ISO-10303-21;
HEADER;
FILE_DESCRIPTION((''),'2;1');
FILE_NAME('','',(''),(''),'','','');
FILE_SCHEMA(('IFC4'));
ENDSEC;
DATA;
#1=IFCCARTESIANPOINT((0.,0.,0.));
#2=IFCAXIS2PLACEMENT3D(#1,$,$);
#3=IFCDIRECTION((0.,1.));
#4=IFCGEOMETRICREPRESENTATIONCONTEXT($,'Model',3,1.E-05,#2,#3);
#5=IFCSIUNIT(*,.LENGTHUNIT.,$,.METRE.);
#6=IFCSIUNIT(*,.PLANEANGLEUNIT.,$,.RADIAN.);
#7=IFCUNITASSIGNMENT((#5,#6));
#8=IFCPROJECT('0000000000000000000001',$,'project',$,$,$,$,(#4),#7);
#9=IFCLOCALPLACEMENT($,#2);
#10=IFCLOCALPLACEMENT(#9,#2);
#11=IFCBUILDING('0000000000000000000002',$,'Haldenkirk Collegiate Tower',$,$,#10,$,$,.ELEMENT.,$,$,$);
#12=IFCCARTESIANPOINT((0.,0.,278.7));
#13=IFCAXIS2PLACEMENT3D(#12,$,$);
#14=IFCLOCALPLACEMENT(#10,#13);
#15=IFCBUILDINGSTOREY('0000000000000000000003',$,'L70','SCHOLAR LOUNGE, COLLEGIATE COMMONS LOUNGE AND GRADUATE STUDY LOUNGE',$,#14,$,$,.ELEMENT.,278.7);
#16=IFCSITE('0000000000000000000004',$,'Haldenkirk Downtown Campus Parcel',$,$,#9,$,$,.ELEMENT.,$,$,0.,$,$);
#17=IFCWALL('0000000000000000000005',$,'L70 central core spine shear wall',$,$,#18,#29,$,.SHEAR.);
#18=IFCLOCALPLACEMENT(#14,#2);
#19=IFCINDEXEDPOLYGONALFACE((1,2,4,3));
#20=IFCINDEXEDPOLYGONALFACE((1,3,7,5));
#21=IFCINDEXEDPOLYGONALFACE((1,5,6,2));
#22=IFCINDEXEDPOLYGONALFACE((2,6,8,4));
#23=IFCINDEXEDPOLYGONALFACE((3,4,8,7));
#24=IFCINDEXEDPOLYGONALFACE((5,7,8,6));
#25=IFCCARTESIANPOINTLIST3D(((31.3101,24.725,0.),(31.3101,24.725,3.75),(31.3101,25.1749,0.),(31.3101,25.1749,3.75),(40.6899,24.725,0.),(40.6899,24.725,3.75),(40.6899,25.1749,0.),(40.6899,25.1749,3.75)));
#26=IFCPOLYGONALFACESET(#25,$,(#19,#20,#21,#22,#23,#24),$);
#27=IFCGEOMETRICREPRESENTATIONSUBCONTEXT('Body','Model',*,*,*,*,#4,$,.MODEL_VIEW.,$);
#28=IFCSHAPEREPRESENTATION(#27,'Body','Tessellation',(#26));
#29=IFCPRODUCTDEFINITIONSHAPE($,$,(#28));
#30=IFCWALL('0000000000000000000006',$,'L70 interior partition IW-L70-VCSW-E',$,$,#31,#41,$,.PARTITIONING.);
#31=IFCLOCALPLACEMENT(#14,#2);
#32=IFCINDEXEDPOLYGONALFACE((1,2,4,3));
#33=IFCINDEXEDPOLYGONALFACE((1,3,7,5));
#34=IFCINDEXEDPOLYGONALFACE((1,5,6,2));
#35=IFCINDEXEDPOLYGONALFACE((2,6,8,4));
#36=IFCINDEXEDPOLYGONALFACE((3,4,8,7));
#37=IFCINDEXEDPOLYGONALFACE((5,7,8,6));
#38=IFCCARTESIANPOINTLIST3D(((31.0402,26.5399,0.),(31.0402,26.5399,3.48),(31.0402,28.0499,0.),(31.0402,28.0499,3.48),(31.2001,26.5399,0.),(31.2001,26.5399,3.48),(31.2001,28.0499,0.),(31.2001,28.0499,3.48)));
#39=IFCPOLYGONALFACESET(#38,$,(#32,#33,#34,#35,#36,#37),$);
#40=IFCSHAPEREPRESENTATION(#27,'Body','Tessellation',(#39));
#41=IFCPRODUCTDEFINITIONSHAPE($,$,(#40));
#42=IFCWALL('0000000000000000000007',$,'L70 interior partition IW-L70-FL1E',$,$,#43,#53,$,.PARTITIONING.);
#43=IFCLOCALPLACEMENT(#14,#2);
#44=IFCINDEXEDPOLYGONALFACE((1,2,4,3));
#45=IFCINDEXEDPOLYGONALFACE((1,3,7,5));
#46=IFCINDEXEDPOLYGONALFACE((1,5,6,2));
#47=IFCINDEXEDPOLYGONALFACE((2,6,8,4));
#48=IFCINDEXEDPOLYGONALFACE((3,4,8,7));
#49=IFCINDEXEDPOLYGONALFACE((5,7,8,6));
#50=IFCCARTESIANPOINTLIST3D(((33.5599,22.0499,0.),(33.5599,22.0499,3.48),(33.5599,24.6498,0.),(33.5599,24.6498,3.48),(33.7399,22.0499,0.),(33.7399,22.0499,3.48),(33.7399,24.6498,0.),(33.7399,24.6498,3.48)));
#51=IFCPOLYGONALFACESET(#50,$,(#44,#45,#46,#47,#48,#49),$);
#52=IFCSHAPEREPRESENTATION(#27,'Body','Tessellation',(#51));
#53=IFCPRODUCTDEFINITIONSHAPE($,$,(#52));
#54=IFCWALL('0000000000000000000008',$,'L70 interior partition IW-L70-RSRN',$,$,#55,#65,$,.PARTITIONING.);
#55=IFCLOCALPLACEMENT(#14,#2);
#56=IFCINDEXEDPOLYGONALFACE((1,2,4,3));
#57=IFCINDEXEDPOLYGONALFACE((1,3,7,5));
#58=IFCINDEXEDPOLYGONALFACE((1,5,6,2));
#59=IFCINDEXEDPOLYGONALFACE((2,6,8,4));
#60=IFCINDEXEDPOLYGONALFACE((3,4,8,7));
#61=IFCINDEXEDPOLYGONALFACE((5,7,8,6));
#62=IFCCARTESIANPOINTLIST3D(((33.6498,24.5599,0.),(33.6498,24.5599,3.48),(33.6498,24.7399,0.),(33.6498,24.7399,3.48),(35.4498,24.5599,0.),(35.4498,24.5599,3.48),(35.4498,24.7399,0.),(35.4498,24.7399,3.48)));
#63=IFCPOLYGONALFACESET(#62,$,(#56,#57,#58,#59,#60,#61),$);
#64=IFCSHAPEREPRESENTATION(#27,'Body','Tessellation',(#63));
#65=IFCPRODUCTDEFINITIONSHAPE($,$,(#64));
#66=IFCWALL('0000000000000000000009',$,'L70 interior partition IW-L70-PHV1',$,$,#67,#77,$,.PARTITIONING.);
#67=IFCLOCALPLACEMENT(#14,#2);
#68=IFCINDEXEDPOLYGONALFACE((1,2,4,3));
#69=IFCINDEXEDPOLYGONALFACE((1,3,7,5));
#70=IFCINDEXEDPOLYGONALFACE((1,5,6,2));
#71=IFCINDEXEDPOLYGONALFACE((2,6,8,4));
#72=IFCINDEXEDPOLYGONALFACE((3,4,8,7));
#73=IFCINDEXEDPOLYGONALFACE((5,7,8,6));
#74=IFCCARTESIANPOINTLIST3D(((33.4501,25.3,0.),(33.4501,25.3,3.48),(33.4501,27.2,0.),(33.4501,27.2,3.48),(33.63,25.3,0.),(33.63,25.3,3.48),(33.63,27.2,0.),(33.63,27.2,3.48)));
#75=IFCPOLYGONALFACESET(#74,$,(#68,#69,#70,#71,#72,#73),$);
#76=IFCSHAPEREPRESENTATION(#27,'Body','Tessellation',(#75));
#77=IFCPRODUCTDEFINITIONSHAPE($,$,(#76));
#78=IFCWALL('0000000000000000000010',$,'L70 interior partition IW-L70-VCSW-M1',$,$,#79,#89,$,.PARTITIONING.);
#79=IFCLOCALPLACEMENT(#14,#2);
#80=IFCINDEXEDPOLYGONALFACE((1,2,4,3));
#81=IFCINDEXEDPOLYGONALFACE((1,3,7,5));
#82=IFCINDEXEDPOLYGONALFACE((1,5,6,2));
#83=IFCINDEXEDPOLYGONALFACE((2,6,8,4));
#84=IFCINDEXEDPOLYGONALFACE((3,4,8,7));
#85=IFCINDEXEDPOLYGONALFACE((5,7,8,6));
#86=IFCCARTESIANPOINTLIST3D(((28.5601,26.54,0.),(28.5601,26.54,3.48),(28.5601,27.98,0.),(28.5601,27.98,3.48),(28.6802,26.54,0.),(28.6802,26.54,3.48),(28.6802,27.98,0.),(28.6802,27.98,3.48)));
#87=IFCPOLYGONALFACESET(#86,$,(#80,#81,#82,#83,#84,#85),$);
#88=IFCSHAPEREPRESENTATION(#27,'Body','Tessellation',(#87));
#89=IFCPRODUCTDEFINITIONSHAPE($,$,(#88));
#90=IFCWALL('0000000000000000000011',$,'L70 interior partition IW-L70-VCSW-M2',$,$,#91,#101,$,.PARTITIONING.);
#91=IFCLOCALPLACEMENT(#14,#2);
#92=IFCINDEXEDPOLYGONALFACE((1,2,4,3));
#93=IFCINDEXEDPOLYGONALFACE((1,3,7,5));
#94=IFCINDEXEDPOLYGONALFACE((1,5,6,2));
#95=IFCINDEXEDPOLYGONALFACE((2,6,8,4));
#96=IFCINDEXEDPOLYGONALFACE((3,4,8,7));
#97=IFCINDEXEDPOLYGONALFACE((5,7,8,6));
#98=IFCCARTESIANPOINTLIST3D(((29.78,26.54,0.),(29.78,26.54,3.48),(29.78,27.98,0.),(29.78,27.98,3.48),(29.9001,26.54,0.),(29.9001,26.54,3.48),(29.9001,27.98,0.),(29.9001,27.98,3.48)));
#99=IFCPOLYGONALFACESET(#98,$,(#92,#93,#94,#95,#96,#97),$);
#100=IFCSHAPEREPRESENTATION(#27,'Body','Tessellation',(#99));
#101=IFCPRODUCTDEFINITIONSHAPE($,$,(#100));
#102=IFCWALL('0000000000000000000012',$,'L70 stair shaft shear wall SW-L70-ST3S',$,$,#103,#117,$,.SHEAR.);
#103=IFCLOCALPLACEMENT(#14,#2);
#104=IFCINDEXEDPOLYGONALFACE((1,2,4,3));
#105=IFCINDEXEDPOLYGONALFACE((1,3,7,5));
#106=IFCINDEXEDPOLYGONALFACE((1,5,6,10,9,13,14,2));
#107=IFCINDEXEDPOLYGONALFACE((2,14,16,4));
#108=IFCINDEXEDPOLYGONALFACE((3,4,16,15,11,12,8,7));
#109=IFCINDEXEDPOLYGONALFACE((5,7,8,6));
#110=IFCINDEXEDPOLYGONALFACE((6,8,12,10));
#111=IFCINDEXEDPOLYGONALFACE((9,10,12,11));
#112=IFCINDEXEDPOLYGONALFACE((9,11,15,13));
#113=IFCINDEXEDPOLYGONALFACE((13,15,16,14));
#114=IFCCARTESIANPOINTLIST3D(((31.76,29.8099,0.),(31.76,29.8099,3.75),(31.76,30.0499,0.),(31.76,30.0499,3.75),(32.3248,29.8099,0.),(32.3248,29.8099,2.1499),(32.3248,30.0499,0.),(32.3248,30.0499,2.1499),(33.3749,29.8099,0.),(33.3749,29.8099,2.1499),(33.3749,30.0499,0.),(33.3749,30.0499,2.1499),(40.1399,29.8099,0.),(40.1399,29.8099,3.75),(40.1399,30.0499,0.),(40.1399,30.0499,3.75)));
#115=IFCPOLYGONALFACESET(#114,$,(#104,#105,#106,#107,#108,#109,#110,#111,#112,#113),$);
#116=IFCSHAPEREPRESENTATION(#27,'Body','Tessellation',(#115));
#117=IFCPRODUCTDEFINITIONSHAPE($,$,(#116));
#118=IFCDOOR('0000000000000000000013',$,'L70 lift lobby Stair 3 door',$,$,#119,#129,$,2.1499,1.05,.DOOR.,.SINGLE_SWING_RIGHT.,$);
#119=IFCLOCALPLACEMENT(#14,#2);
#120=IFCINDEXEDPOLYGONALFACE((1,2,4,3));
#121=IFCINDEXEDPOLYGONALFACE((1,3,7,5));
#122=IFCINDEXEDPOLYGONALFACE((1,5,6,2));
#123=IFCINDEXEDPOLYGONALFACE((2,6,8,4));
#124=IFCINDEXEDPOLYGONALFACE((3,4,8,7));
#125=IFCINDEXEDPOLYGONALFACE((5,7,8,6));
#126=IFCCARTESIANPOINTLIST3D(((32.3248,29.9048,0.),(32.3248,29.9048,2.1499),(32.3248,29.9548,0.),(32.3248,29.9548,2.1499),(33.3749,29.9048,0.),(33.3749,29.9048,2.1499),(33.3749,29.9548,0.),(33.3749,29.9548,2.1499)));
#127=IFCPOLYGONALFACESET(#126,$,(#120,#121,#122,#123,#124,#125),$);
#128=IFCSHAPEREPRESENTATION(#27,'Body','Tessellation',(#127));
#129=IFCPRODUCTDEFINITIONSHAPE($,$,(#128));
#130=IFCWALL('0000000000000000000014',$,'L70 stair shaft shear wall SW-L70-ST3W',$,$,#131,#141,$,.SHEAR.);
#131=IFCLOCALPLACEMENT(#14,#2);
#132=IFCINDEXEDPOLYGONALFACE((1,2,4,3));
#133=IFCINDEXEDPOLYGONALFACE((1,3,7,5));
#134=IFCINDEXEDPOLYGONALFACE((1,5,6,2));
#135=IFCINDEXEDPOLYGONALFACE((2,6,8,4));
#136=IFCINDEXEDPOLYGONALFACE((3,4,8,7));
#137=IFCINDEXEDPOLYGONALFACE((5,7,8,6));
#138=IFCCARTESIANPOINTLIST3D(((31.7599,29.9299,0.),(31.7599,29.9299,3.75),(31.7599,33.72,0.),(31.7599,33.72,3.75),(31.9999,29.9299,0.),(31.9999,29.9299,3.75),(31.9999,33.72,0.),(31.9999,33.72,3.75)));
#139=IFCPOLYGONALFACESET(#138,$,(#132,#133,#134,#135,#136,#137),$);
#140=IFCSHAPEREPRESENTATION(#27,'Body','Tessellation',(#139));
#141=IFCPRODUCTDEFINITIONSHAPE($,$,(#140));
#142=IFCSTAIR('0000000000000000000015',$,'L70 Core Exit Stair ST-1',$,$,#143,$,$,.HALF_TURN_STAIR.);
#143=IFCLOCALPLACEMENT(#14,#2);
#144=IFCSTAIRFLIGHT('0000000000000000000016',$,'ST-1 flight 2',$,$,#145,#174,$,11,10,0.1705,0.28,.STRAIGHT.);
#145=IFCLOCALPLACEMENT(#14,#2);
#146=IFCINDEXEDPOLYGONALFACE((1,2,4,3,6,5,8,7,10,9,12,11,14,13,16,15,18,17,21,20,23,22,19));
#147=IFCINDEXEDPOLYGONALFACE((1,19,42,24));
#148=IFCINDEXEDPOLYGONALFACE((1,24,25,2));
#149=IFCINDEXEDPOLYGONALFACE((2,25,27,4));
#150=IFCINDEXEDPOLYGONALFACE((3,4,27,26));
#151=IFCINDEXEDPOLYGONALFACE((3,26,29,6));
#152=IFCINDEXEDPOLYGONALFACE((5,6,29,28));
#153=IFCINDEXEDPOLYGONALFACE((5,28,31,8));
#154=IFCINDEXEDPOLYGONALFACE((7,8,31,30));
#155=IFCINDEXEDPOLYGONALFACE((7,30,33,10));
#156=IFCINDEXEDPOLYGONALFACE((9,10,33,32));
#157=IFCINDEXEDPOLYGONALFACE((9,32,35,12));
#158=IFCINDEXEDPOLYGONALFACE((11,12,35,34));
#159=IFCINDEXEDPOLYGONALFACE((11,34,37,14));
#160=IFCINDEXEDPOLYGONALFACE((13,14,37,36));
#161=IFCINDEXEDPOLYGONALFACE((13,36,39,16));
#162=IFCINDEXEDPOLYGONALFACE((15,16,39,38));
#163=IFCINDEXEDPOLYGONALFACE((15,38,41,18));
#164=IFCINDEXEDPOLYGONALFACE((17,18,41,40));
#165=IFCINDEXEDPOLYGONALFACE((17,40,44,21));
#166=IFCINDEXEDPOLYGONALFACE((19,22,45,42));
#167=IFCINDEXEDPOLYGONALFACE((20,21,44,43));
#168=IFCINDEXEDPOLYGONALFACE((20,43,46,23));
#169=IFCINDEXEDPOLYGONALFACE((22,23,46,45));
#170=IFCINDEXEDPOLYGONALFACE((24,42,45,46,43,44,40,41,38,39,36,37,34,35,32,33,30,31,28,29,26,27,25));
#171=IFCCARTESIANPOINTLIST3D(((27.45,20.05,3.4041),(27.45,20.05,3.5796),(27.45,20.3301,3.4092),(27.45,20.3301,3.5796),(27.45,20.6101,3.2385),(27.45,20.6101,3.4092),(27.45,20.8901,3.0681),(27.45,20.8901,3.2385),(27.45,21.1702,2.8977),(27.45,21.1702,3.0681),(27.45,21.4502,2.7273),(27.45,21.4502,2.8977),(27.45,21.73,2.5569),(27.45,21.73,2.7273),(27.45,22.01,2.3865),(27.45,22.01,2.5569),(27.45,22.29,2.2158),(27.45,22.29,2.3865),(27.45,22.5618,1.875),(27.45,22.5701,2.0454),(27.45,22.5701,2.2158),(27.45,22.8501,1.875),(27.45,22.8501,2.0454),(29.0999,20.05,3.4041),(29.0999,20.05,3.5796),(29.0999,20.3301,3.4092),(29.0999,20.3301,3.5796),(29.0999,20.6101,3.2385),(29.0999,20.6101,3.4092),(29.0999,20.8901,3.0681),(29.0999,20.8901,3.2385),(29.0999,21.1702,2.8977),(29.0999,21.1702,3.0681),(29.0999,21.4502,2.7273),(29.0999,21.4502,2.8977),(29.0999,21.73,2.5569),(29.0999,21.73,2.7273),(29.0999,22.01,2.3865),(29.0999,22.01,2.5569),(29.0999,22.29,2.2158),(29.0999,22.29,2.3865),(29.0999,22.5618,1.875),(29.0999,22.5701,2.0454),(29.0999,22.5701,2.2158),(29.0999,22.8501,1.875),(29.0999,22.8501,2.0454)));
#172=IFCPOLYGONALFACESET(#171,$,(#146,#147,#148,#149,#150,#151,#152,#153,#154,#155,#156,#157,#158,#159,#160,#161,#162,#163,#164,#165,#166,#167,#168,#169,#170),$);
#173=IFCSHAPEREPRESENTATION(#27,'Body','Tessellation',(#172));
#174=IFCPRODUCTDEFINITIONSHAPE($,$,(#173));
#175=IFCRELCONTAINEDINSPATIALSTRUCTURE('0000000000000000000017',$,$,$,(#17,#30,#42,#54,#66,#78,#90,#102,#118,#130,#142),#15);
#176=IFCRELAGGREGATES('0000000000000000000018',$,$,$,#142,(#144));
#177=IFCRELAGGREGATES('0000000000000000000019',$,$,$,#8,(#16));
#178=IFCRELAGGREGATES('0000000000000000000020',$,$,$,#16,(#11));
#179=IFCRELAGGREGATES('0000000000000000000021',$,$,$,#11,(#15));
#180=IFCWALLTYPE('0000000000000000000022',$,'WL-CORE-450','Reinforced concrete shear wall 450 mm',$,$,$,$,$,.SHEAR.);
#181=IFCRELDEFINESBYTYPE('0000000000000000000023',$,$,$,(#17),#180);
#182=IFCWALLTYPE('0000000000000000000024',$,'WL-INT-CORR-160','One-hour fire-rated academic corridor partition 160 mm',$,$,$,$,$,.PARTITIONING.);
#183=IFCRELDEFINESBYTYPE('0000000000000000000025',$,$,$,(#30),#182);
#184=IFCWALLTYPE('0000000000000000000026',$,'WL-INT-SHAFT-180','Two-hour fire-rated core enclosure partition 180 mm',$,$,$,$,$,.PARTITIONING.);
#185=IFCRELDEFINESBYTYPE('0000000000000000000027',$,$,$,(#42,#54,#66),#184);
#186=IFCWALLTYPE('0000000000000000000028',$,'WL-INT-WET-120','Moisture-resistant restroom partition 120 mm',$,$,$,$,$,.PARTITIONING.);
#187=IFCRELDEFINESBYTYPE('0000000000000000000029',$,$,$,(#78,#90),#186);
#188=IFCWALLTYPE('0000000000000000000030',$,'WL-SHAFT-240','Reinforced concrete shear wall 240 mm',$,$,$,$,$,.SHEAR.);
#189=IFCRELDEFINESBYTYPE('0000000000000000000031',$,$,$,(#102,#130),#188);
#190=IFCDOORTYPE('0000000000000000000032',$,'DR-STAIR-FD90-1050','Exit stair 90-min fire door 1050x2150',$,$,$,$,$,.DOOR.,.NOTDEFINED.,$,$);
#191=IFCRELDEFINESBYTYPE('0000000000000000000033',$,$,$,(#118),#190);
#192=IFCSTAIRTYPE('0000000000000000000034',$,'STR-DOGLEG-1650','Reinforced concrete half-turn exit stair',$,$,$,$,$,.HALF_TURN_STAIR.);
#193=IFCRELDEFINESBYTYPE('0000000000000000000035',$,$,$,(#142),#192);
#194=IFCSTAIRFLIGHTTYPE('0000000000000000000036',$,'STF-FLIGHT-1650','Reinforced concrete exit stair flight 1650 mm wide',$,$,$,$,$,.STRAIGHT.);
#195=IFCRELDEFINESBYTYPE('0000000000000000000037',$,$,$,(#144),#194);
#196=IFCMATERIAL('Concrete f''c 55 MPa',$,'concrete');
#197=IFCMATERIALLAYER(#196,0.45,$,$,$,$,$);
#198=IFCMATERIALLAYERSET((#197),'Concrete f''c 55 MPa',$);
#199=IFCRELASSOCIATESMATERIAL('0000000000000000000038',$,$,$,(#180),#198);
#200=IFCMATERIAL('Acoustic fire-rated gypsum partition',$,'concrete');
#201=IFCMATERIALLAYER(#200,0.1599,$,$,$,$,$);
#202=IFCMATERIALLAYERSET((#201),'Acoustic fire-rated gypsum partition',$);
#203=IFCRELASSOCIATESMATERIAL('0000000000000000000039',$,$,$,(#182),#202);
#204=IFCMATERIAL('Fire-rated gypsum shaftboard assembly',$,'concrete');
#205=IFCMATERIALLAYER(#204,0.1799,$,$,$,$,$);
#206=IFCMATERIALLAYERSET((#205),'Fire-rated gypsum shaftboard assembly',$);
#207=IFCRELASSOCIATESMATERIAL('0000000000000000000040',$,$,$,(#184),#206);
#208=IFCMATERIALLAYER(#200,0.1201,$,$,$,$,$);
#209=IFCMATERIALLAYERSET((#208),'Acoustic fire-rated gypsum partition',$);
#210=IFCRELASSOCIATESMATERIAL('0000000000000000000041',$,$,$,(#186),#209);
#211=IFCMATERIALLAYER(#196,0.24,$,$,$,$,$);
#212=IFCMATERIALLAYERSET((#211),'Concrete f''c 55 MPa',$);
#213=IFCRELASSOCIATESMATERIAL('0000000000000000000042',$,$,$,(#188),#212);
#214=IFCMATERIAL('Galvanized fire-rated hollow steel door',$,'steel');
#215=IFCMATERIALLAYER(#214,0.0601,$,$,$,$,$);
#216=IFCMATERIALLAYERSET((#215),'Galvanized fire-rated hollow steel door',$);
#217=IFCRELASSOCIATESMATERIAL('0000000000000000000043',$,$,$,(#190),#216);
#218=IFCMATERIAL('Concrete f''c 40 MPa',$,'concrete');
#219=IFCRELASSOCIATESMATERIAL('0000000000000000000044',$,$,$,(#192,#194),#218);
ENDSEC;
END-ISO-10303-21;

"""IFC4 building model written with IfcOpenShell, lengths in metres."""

from ifc_helpers import new_model, si_unit, direction, frame, frame_2d, origin, place, context, subcontext, project, spatial, polyline, rectangle, outline, extrude, material, layer, layer_set, type_object, element, fill, aggregate, save


model = new_model("IFC4")

# Units and contexts
model_context = context("Model", 3, precision=1e-05, world=origin(), true_north=direction((0.0, 1.0)))
body_context = subcontext(model_context, "Body", "Model", "MODEL_VIEW")
ifc_project = project(units=[si_unit("LENGTHUNIT", "METRE"), si_unit("PLANEANGLEUNIT", "RADIAN")], contexts=[model_context])

# Site, building, storey
site_placement = place(None, origin())
site = spatial("IfcSite", under=ifc_project, at=site_placement, Name="Haldenkirk Downtown Campus Parcel", CompositionType="ELEMENT", RefElevation=0.0)
building_placement = place(site_placement, origin())
building = spatial("IfcBuilding", under=site, at=building_placement, Name="Haldenkirk Collegiate Tower", CompositionType="ELEMENT")
storey_placement = place(building_placement, frame((0.0, 0.0, 278.7)))
storey = spatial("IfcBuildingStorey", under=building, at=storey_placement, Name="L70", Description="SCHOLAR LOUNGE, COLLEGIATE COMMONS LOUNGE AND GRADUATE STUDY LOUNGE", CompositionType="ELEMENT", Elevation=278.7)

# Walls
ifc_material_1 = material(Name="Concrete f'c 55 MPa", Category="concrete")
ifc_layer_1 = layer(ifc_material_1, 0.45)
ifc_layer_set_1 = layer_set([ifc_layer_1], Name="Concrete f'c 55 MPa")
wall_type_1 = type_object("IfcWallType", Name="WL-CORE-450", Description="Reinforced concrete shear wall 450 mm", PredefinedType="SHEAR", material=ifc_layer_set_1)
wall_1_placement = place(storey_placement, frame((31.3101, 24.95, 0.0), z_axis=(0.0, 0.0, 1.0), x_axis=(1.0, 0.0, 0.0)))
element("IfcWall", 1, at=wall_1_placement, inside=storey, type_object=wall_type_1, Name="L70 central core spine shear wall", PredefinedType="SHEAR", context=body_context, shape_type="SweptSolid", body=[
    extrude(rectangle(XDim=9.3799, YDim=0.45, at=frame_2d((4.6899, 0.0))), origin(), (0.0, 0.0, 1.0), 3.75),
])
ifc_material_2 = material(Name="Acoustic fire-rated gypsum partition", Category="concrete")
ifc_layer_2 = layer(ifc_material_2, 0.1599)
ifc_layer_set_2 = layer_set([ifc_layer_2], Name="Acoustic fire-rated gypsum partition")
wall_type_2 = type_object("IfcWallType", Name="WL-INT-CORR-160", Description="One-hour fire-rated academic corridor partition 160 mm", PredefinedType="PARTITIONING", material=ifc_layer_set_2)
wall_2_placement = place(storey_placement, frame((31.1201, 26.54, 0.0), z_axis=(0.0, 0.0, 1.0), x_axis=(0.0, 1.0, 0.0)))
element("IfcWall", 2, at=wall_2_placement, inside=storey, type_object=wall_type_2, Name="L70 interior partition IW-L70-VCSW-E", PredefinedType="PARTITIONING", context=body_context, shape_type="SweptSolid", body=[
    extrude(rectangle(XDim=1.51, YDim=0.1599, at=frame_2d((0.7549, 0.0))), origin(), (0.0, 0.0, 1.0), 3.48),
])
ifc_material_3 = material(Name="Fire-rated gypsum shaftboard assembly", Category="concrete")
ifc_layer_3 = layer(ifc_material_3, 0.1799)
ifc_layer_set_3 = layer_set([ifc_layer_3], Name="Fire-rated gypsum shaftboard assembly")
wall_type_3 = type_object("IfcWallType", Name="WL-INT-SHAFT-180", Description="Two-hour fire-rated core enclosure partition 180 mm", PredefinedType="PARTITIONING", material=ifc_layer_set_3)
wall_3_placement = place(storey_placement, frame((33.6499, 22.05, 0.0), z_axis=(0.0, 0.0, 1.0), x_axis=(0.0, 1.0, 0.0)))
element("IfcWall", 3, at=wall_3_placement, inside=storey, type_object=wall_type_3, Name="L70 interior partition IW-L70-FL1E", PredefinedType="PARTITIONING", context=body_context, shape_type="SweptSolid", body=[
    extrude(rectangle(XDim=2.5999, YDim=0.1799, at=frame_2d((1.2998, 0.0))), origin(), (0.0, 0.0, 1.0), 3.48),
])
wall_4_placement = place(storey_placement, frame((33.6499, 24.6499, 0.0), z_axis=(0.0, 0.0, 1.0), x_axis=(1.0, 0.0, 0.0)))
element("IfcWall", 4, at=wall_4_placement, inside=storey, type_object=wall_type_3, Name="L70 interior partition IW-L70-RSRN", PredefinedType="PARTITIONING", context=body_context, shape_type="SweptSolid", body=[
    extrude(rectangle(XDim=1.8, YDim=0.1799, at=frame_2d((0.8999, 0.0))), origin(), (0.0, 0.0, 1.0), 3.48),
])

# Wall
wall_5_placement = place(storey_placement, frame((33.54, 25.3, 0.0), z_axis=(0.0, 0.0, 1.0), x_axis=(0.0, 1.0, 0.0)))
element("IfcWall", 5, at=wall_5_placement, inside=storey, type_object=wall_type_3, Name="L70 interior partition IW-L70-PHV1", PredefinedType="PARTITIONING", context=body_context, shape_type="SweptSolid", body=[
    extrude(rectangle(XDim=1.8999, YDim=0.1799, at=frame_2d((0.95, 0.0))), origin(), (0.0, 0.0, 1.0), 3.48),
])

# Shared definitions
ifc_material_4 = material(Name="Galvanized fire-rated hollow steel door", Category="steel")

# Walls
ifc_layer_4 = layer(ifc_material_2, 0.1201)
ifc_layer_set_4 = layer_set([ifc_layer_4], Name="Acoustic fire-rated gypsum partition")
wall_type_4 = type_object("IfcWallType", Name="WL-INT-WET-120", Description="Moisture-resistant restroom partition 120 mm", PredefinedType="PARTITIONING", material=ifc_layer_set_4)
for number, where, z_axis, x_axis, name in (
    (6, (28.6201, 26.54, 0.0), (0.0, 0.0, 1.0), (0.0, 1.0, 0.0), "L70 interior partition IW-L70-VCSW-M1"),
    (7, (29.8401, 26.54, 0.0), (0.0, 0.0, 1.0), (0.0, 1.0, 0.0), "L70 interior partition IW-L70-VCSW-M2"),
):
    element("IfcWall", number, at=place(storey_placement, frame(where, z_axis=z_axis, x_axis=x_axis)), inside=storey, type_object=wall_type_4, Name=name, PredefinedType="PARTITIONING", context=body_context, shape_type="SweptSolid", body=[
        extrude(rectangle(XDim=1.4399, YDim=0.1201, at=frame_2d((0.72, 0.0))), origin(), (0.0, 0.0, 1.0), 3.48),
    ])

# Wall, opening, door
ifc_layer_5 = layer(ifc_material_1, 0.24)
ifc_layer_set_5 = layer_set([ifc_layer_5], Name="Concrete f'c 55 MPa")
wall_type_5 = type_object("IfcWallType", Name="WL-SHAFT-240", Description="Reinforced concrete shear wall 240 mm", PredefinedType="SHEAR", material=ifc_layer_set_5)
wall_6_placement = place(storey_placement, frame((31.76, 29.9299, 0.0), z_axis=(0.0, 0.0, 1.0), x_axis=(1.0, 0.0, 0.0)))
wall_6 = element("IfcWall", 8, at=wall_6_placement, inside=storey, type_object=wall_type_5, Name="L70 stair shaft shear wall SW-L70-ST3S", PredefinedType="SHEAR", context=body_context, shape_type="SweptSolid", body=[
    extrude(rectangle(XDim=8.3799, YDim=0.24, at=frame_2d((4.1899, 0.0))), origin(), (0.0, 0.0, 1.0), 3.75),
])
opening_1_placement = place(wall_6_placement, frame((0.5649, 0.0, 0.0)))
opening_1 = element("IfcOpeningElement", 9, at=opening_1_placement, cuts=wall_6, PredefinedType="OPENING", context=body_context, shape_type="SweptSolid", body=[
    extrude(rectangle(XDim=1.05, YDim=2.1499, at=frame_2d((0.5249, 1.075))), frame((0.0, 0.1299, 0.0), z_axis=(0.0, -1.0, 0.0), x_axis=(1.0, 0.0, 0.0)), (0.0, 0.0, 1.0), 0.26),
])
ifc_layer_6 = layer(ifc_material_4, 0.0601)
ifc_layer_set_6 = layer_set([ifc_layer_6], Name="Galvanized fire-rated hollow steel door")
door_type_1 = type_object("IfcDoorType", Name="DR-STAIR-FD90-1050", Description="Exit stair 90-min fire door 1050x2150", OperationType="NOTDEFINED", PredefinedType="DOOR", material=ifc_layer_set_6)
door_1_placement = place(opening_1_placement, origin())
door_1 = element("IfcDoor", 10, at=door_1_placement, inside=storey, type_object=door_type_1, Name="L70 lift lobby Stair 3 door", OperationType="SINGLE_SWING_RIGHT", OverallHeight=2.1499, OverallWidth=1.05, PredefinedType="DOOR", context=body_context, shape_type="SweptSolid", body=[
    extrude(rectangle(XDim=1.05, YDim=2.1499, at=frame_2d((0.5249, 1.075))), frame((0.0, 0.0249, 0.0), z_axis=(0.0, -1.0, 0.0), x_axis=(1.0, 0.0, 0.0)), (0.0, 0.0, 1.0), 0.05),
])
fill(opening_1, door_1)

# Wall
wall_7_placement = place(storey_placement, frame((31.8799, 29.9299, 0.0), z_axis=(0.0, 0.0, 1.0), x_axis=(0.0, 1.0, 0.0)))
element("IfcWall", 11, at=wall_7_placement, inside=storey, type_object=wall_type_5, Name="L70 stair shaft shear wall SW-L70-ST3W", PredefinedType="SHEAR", context=body_context, shape_type="SweptSolid", body=[
    extrude(rectangle(XDim=3.79, YDim=0.24, at=frame_2d((1.895, 0.0))), origin(), (0.0, 0.0, 1.0), 3.75),
])

# Stair, stair flight
ifc_material_5 = material(Name="Concrete f'c 40 MPa", Category="concrete")
stair_type = type_object("IfcStairType", Name="STR-DOGLEG-1650", Description="Reinforced concrete half-turn exit stair", PredefinedType="HALF_TURN_STAIR", material=ifc_material_5)
stair_1_placement = place(storey_placement, origin())
stair_1 = element("IfcStair", 12, at=stair_1_placement, inside=storey, type_object=stair_type, Name="L70 Core Exit Stair ST-1", PredefinedType="HALF_TURN_STAIR")
stair_flight_type = type_object("IfcStairFlightType", Name="STF-FLIGHT-1650", Description="Reinforced concrete exit stair flight 1650 mm wide", PredefinedType="STRAIGHT", material=ifc_material_5)
stair_flight_1_placement = place(storey_placement, frame((28.2749, 22.8501, 1.875), z_axis=(0.0, 0.0, 1.0), x_axis=(0.0, -1.0, 0.0)))
stair_flight_1 = element("IfcStairFlight", 13, at=stair_flight_1_placement, type_object=stair_flight_type, Name="ST-1 flight 2", NumberOfRisers=11, NumberOfTreads=10, PredefinedType="STRAIGHT", RiserHeight=0.1705, TreadLength=0.28, context=body_context, shape_type="SweptSolid", body=[
    extrude(outline(polyline([(0.0, 0.0), (0.0, 0.1704), (0.28, 0.1704), (0.28, 0.3408), (0.5601, 0.3408), (0.5601, 0.5115), (0.8401, 0.5115), (0.8401, 0.6819), (1.1201, 0.6819), (1.1201, 0.8523), (1.3999, 0.8523), (1.3999, 1.0227), (1.6799, 1.0227), (1.6799, 1.1931), (1.96, 1.1931), (1.96, 1.3635), (2.24, 1.3635), (2.24, 1.5342), (2.52, 1.5342), (2.52, 1.7046), (2.8, 1.7046), (2.8, 1.875), (2.8, 1.5291), (0.2883, 0.0), (0.0, 0.0)])), frame((0.0, 0.825, 0.0), z_axis=(0.0, -1.0, 0.0), x_axis=(1.0, 0.0, 0.0)), (0.0, 0.0, 1.0), 1.6499),
])
aggregate(stair_1, [stair_flight_1])

save(model, "model.ifc")
